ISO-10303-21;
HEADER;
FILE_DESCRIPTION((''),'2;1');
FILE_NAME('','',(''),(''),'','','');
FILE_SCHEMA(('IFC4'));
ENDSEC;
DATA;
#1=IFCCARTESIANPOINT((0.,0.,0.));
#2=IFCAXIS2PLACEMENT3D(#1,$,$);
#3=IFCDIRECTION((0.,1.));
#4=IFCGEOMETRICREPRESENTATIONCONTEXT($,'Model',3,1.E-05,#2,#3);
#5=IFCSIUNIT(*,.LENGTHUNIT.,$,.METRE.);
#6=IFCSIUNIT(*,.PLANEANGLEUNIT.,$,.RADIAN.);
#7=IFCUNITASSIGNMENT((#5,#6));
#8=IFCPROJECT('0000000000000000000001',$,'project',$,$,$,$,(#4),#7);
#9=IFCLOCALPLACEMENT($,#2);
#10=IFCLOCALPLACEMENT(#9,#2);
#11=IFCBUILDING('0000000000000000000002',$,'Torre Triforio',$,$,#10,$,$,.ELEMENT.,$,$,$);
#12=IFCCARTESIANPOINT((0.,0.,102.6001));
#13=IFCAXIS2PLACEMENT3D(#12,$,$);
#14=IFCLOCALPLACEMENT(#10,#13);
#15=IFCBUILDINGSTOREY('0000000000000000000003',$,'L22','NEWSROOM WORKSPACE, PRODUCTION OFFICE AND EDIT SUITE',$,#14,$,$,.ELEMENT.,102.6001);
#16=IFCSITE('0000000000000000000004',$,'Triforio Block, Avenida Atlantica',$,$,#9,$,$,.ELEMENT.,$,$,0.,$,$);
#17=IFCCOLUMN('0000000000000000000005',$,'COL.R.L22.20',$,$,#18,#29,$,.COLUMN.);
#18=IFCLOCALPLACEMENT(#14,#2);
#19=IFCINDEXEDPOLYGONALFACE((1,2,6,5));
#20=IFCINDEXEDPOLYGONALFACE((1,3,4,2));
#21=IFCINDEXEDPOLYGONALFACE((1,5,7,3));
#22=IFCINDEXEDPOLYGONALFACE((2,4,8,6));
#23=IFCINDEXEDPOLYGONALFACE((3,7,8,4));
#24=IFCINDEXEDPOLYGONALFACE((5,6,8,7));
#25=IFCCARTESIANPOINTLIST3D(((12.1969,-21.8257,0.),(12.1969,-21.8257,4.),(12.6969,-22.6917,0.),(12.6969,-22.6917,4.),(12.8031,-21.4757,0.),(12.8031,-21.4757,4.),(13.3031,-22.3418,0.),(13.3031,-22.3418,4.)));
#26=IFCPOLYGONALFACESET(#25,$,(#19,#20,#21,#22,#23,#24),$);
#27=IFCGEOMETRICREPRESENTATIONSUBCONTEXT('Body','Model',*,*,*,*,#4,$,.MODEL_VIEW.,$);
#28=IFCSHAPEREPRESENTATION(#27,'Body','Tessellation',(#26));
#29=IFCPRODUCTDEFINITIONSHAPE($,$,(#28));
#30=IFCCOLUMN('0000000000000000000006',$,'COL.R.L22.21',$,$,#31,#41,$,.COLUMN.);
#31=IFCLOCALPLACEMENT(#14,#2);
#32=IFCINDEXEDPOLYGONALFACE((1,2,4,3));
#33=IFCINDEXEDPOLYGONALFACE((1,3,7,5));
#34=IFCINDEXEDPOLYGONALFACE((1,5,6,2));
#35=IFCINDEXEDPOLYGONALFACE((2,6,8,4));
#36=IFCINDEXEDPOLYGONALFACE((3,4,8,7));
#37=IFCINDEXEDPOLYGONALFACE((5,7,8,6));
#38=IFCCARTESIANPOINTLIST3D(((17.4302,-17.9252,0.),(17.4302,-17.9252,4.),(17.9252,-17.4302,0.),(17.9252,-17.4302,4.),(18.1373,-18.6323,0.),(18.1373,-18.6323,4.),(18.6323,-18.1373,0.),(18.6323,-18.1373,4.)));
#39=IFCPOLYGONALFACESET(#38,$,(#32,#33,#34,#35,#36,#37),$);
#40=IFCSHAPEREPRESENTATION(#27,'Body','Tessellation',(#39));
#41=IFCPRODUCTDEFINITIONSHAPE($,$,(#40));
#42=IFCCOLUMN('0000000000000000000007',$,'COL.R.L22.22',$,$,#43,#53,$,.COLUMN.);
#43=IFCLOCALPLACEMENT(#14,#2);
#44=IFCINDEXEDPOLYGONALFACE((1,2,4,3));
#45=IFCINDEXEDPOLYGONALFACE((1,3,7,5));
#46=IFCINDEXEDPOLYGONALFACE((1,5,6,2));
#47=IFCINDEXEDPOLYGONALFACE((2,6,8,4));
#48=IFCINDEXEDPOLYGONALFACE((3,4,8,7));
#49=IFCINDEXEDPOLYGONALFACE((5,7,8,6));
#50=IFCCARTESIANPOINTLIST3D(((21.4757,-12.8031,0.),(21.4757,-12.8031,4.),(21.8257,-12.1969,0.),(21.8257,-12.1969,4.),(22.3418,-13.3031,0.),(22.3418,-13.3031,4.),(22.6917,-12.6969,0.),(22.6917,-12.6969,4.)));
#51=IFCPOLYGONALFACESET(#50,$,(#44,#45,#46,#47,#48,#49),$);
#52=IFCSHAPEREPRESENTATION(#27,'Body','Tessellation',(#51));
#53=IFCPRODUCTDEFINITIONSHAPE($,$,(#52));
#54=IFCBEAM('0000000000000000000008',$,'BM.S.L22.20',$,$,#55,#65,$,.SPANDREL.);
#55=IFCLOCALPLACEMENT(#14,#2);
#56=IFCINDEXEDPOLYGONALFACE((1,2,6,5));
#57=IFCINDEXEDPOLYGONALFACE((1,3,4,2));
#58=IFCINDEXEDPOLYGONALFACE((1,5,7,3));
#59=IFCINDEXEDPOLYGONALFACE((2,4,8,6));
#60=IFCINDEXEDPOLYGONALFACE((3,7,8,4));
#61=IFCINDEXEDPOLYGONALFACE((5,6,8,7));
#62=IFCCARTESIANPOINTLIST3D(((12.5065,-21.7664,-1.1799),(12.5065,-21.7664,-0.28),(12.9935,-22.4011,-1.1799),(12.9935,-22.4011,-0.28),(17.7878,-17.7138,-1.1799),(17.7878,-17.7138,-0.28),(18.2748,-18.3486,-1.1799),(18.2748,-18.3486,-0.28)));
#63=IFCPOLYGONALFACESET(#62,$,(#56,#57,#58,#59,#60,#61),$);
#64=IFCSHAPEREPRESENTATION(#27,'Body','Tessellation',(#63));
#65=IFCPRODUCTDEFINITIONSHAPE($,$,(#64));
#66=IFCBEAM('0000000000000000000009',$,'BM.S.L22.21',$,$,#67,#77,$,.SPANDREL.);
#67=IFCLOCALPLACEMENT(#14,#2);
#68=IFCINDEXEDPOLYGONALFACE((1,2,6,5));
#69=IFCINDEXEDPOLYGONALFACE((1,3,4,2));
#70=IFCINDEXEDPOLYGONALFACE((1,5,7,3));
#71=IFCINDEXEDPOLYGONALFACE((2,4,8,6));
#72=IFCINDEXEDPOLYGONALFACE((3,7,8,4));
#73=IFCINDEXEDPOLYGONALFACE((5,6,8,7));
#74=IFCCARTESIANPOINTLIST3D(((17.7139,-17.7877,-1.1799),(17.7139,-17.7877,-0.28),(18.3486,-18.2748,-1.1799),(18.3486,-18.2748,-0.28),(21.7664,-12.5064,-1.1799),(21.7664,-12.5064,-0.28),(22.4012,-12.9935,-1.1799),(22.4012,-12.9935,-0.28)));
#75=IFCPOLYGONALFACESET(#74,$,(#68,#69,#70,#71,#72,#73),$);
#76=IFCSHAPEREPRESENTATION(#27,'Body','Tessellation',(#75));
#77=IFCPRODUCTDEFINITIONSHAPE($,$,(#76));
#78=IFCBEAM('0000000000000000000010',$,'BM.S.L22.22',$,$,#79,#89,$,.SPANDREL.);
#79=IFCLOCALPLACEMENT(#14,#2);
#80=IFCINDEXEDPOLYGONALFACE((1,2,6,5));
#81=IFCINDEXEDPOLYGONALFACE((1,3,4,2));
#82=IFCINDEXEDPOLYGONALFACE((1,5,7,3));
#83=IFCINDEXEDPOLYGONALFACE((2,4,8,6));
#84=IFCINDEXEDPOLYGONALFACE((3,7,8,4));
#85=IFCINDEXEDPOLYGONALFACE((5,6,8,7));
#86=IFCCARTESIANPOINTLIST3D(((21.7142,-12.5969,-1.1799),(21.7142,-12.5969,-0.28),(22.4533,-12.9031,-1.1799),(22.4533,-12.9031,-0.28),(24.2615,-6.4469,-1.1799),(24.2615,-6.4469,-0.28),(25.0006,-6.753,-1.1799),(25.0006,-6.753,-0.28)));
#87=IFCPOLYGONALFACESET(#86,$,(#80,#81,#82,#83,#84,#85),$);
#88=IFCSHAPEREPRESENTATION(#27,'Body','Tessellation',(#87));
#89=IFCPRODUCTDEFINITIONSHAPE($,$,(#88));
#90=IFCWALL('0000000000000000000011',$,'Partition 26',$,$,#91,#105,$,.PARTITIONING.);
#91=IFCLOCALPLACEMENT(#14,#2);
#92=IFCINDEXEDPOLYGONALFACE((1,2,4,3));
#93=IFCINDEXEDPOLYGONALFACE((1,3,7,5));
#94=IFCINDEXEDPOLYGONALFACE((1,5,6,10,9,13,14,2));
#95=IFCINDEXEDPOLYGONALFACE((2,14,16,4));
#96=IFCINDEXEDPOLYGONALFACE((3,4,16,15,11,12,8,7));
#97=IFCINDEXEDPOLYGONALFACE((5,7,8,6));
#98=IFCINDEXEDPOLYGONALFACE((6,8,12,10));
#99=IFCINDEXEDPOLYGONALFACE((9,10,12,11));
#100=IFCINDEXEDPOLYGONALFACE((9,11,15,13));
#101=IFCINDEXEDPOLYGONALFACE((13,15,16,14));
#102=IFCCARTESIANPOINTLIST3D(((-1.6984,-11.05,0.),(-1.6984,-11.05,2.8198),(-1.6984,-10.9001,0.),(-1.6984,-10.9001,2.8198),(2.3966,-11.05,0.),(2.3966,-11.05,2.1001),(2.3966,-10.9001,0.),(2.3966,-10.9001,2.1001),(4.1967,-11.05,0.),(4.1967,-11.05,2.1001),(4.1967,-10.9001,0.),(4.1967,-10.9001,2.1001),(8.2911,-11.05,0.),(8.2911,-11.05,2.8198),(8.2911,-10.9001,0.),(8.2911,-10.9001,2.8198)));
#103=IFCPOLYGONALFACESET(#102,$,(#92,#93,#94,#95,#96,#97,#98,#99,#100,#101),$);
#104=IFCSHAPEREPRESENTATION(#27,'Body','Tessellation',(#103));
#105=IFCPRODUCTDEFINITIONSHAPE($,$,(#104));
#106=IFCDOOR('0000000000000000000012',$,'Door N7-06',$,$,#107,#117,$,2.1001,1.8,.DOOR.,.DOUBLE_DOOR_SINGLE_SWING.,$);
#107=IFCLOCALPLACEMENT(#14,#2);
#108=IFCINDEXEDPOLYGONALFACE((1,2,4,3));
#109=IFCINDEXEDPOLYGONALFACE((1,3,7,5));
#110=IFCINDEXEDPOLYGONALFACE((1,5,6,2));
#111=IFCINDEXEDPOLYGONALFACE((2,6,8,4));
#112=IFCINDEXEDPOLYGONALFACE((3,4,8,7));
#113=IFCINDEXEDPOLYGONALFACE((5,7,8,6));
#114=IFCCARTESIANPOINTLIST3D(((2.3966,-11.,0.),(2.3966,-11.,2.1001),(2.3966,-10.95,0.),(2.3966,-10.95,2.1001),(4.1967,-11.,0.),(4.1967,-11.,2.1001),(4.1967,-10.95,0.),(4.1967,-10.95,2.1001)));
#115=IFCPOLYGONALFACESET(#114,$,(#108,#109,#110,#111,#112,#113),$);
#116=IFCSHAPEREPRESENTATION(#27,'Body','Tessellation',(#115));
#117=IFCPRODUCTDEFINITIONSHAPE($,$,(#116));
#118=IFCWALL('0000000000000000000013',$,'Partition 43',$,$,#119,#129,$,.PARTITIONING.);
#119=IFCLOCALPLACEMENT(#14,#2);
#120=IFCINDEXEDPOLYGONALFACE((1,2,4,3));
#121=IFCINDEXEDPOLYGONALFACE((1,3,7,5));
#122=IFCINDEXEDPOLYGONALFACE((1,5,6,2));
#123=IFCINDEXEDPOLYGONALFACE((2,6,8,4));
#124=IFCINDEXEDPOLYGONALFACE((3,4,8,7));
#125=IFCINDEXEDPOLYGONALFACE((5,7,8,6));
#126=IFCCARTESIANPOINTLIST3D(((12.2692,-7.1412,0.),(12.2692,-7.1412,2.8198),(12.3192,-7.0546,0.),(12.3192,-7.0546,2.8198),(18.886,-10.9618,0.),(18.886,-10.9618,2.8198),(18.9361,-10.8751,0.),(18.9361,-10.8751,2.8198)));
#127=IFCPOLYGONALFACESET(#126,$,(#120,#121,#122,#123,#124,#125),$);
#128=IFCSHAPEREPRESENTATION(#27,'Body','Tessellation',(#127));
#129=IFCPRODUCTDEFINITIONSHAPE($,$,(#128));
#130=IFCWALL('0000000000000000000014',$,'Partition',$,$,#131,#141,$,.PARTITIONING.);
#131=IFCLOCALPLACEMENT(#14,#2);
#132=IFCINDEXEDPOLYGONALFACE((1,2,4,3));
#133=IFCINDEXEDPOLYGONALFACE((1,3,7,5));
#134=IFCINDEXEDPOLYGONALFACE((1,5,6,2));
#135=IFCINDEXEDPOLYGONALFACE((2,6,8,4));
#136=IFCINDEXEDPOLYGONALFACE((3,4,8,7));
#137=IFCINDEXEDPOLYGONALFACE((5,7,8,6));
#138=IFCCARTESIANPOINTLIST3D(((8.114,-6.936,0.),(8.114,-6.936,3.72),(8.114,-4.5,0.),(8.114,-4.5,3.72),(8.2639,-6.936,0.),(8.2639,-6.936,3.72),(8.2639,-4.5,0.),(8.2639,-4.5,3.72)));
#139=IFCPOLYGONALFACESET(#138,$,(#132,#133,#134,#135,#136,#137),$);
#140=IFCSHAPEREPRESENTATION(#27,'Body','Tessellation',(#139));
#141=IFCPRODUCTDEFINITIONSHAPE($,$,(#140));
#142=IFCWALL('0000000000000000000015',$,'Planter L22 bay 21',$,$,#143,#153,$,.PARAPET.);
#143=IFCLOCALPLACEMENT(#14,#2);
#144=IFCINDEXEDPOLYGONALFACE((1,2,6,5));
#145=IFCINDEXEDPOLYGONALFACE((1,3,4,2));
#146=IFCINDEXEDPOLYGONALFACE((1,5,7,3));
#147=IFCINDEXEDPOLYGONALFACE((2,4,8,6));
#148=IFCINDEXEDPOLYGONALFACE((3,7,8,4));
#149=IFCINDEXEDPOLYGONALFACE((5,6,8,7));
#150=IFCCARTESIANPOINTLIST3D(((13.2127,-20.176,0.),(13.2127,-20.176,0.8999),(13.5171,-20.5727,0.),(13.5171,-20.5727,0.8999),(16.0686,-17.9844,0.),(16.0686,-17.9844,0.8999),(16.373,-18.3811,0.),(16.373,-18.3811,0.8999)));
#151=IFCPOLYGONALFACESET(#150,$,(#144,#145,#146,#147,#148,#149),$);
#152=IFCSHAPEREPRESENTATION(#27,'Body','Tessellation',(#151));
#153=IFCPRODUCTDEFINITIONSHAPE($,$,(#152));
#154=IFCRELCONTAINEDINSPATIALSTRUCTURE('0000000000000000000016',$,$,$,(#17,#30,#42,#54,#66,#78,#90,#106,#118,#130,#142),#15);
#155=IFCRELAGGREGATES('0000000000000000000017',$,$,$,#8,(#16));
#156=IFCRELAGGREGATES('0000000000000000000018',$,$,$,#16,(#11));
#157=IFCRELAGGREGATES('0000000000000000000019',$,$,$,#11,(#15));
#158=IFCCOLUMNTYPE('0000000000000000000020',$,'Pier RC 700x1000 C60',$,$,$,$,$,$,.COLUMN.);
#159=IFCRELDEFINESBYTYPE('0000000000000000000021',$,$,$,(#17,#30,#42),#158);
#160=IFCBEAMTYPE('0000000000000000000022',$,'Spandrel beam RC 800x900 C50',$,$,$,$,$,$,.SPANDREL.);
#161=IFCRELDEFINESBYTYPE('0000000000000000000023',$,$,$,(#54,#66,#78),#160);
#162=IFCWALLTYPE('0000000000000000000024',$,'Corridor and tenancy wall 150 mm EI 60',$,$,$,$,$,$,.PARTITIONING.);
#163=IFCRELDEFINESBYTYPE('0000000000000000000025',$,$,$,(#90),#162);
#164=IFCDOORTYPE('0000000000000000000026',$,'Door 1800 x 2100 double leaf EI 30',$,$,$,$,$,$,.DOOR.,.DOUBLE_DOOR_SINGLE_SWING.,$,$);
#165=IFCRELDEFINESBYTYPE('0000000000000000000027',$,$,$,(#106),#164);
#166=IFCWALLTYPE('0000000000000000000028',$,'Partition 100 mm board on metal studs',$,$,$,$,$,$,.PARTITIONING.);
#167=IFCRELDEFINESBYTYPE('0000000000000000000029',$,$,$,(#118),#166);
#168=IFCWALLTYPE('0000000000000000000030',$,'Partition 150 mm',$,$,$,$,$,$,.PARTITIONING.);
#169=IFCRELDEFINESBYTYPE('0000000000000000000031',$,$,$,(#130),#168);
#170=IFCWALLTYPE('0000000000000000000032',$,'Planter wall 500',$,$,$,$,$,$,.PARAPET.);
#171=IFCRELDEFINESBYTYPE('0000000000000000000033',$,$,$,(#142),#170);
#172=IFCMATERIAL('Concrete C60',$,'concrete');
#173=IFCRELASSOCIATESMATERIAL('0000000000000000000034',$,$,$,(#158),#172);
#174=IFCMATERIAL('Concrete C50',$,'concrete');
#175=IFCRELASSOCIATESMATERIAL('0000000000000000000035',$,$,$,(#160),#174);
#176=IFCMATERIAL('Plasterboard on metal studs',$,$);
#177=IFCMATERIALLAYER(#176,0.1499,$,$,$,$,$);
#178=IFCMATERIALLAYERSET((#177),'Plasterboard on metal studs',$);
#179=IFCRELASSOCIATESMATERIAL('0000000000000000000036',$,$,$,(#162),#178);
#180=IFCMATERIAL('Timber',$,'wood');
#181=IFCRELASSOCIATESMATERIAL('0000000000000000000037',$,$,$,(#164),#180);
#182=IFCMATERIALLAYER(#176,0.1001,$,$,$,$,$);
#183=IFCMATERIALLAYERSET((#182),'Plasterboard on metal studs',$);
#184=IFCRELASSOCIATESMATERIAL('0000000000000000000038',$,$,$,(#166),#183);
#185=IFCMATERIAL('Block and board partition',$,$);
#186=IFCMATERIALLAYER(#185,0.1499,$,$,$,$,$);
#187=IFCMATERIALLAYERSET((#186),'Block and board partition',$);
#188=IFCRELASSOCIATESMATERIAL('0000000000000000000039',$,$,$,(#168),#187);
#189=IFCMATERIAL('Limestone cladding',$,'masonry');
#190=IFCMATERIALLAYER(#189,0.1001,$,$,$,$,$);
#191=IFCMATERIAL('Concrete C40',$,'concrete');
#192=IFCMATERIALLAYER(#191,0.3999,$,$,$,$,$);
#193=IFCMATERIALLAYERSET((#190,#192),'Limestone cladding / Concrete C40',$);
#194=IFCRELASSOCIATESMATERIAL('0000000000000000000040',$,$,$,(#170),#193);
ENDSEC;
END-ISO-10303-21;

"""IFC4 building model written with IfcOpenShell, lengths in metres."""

from ifc_helpers import new_model, si_unit, direction, frame, frame_2d, origin, origin_2d, place, context, subcontext, project, spatial, rectangle, extrude, material, layer, layer_set, material_profile, profile_set, type_object, element, fill, save


model = new_model("IFC4")

# Units and contexts
model_context = context("Model", 3, precision=1e-05, world=origin(), true_north=direction((0.0, 1.0)))
body_context = subcontext(model_context, "Body", "Model", "MODEL_VIEW")
ifc_project = project(units=[si_unit("LENGTHUNIT", "METRE"), si_unit("PLANEANGLEUNIT", "RADIAN")], contexts=[model_context])

# Site, building, storey
site_placement = place(None, origin())
site = spatial("IfcSite", under=ifc_project, at=site_placement, Name="Triforio Block, Avenida Atlantica", CompositionType="ELEMENT", RefElevation=0.0)
building_placement = place(site_placement, origin())
building = spatial("IfcBuilding", under=site, at=building_placement, Name="Torre Triforio", CompositionType="ELEMENT")
storey_placement = place(building_placement, frame((0.0, 0.0, 102.6001)))
storey = spatial("IfcBuildingStorey", under=building, at=storey_placement, Name="L22", Description="NEWSROOM WORKSPACE, PRODUCTION OFFICE AND EDIT SUITE", CompositionType="ELEMENT", Elevation=102.6001)

# Columns
ifc_material_1 = material(Name="Concrete C60", Category="concrete")
ifc_material_profile_1 = material_profile(ifc_material_1, rectangle(XDim=0.7, YDim=1.0, at=origin_2d()), Name="RC 700x1000")
ifc_profile_set_1 = profile_set([ifc_material_profile_1], Name="Concrete C60")
column_type = type_object("IfcColumnType", Name="Pier RC 700x1000 C60", PredefinedType="COLUMN", material=ifc_profile_set_1)
for number, where, z_axis, x_axis, name in (
    (1, (12.75, -22.0837, 0.0), (0.0, 0.0, 1.0), (0.866025, 0.5, 0.0), "COL.R.L22.20"),
    (2, (18.0312, -18.0312, 0.0), (0.0, 0.0, 1.0), (0.707107, 0.707107, 0.0), "COL.R.L22.21"),
    (3, (22.0837, -12.75, 0.0), (0.0, 0.0, 1.0), (0.5, 0.866025, 0.0), "COL.R.L22.22"),
):
    element("IfcColumn", number, at=place(storey_placement, frame(where, z_axis=z_axis, x_axis=x_axis)), inside=storey, type_object=column_type, Name=name, PredefinedType="COLUMN", context=body_context, shape_type="SweptSolid", body=[
        extrude(rectangle(XDim=0.7, YDim=1.0, at=origin_2d()), origin(), (0.0, 0.0, 1.0), 4.0),
    ])

# Beams
ifc_material_2 = material(Name="Concrete C50", Category="concrete")
ifc_material_profile_2 = material_profile(ifc_material_2, rectangle(XDim=0.8, YDim=0.8999, at=origin_2d()), Name="RC 800x900")
ifc_profile_set_2 = profile_set([ifc_material_profile_2], Name="Concrete C50")
beam_type = type_object("IfcBeamType", Name="Spandrel beam RC 800x900 C50", PredefinedType="SPANDREL", material=ifc_profile_set_2)
for number, where, z_axis, x_axis, name in (
    (4, (12.75, -22.0837, -0.73), (0.79335, 0.608766, 0.0), (-0.608766, 0.79335, 0.0), "BM.S.L22.20"),
    (5, (18.0312, -18.0312, -0.73), (0.608766, 0.79335, 0.0), (-0.79335, 0.608766, 0.0), "BM.S.L22.21"),
):
    element("IfcBeam", number, at=place(storey_placement, frame(where, z_axis=z_axis, x_axis=x_axis)), inside=storey, type_object=beam_type, Name=name, PredefinedType="SPANDREL", context=body_context, shape_type="SweptSolid", body=[
        extrude(rectangle(XDim=0.8, YDim=0.8999, at=origin_2d()), origin(), (0.0, 0.0, 1.0), 6.657),
    ])
beam_placement = place(storey_placement, frame((22.0837, -12.75, -0.73), z_axis=(0.382669, 0.923885, 0.0), x_axis=(-0.923885, 0.382669, 0.0)))
element("IfcBeam", 6, at=beam_placement, inside=storey, type_object=beam_type, Name="BM.S.L22.22", PredefinedType="SPANDREL", context=body_context, shape_type="SweptSolid", body=[
    extrude(rectangle(XDim=0.8, YDim=0.8999, at=origin_2d()), origin(), (0.0, 0.0, 1.0), 6.6567),
])

# Wall, opening, door
ifc_material_3 = material(Name="Plasterboard on metal studs")
ifc_layer_1 = layer(ifc_material_3, 0.1499)
ifc_layer_set_1 = layer_set([ifc_layer_1], Name="Plasterboard on metal studs")
wall_type_1 = type_object("IfcWallType", Name="Corridor and tenancy wall 150 mm EI 60", PredefinedType="PARTITIONING", material=ifc_layer_set_1)
wall_1_placement = place(storey_placement, frame((8.291, -10.9751, 0.0), z_axis=(0.0, 0.0, 1.0), x_axis=(-1.0, 0.0, 0.0)))
wall_1 = element("IfcWall", 7, at=wall_1_placement, inside=storey, type_object=wall_type_1, Name="Partition 26", PredefinedType="PARTITIONING", context=body_context, shape_type="SweptSolid", body=[
    extrude(rectangle(XDim=9.9895, YDim=0.1499, at=frame_2d((4.9946, 0.0))), origin(), (0.0, 0.0, 1.0), 2.8198),
])
opening_1_placement = place(wall_1_placement, frame((4.0945, 0.0, 0.0)))
opening_1 = element("IfcOpeningElement", 8, at=opening_1_placement, cuts=wall_1, PredefinedType="OPENING", context=body_context, shape_type="SweptSolid", body=[
    extrude(rectangle(XDim=1.8, YDim=2.1001, at=frame_2d((0.8999, 1.05))), frame((0.0, 0.085, 0.0), z_axis=(0.0, -1.0, 0.0), x_axis=(1.0, 0.0, 0.0)), (0.0, 0.0, 1.0), 0.1699),
])
ifc_material_4 = material(Name="Timber", Category="wood")
door_type_1 = type_object("IfcDoorType", Name="Door 1800 x 2100 double leaf EI 30", OperationType="DOUBLE_DOOR_SINGLE_SWING", PredefinedType="DOOR", material=ifc_material_4)
door_1_placement = place(opening_1_placement, origin())
door_1 = element("IfcDoor", 9, at=door_1_placement, inside=storey, type_object=door_type_1, Name="Door N7-06", OperationType="DOUBLE_DOOR_SINGLE_SWING", OverallHeight=2.1001, OverallWidth=1.8, PredefinedType="DOOR", context=body_context, shape_type="SweptSolid", body=[
    extrude(rectangle(XDim=1.8, YDim=2.1001, at=frame_2d((0.8999, 1.05))), frame((0.0, 0.0249, 0.0), z_axis=(0.0, -1.0, 0.0), x_axis=(1.0, 0.0, 0.0)), (0.0, 0.0, 1.0), 0.05),
])
fill(opening_1, door_1)

# Walls
ifc_layer_2 = layer(ifc_material_3, 0.1001)
ifc_layer_set_2 = layer_set([ifc_layer_2], Name="Plasterboard on metal studs")
wall_type_2 = type_object("IfcWallType", Name="Partition 100 mm board on metal studs", PredefinedType="PARTITIONING", material=ifc_layer_set_2)
wall_2_placement = place(storey_placement, frame((12.2942, -7.0979, 0.0), z_axis=(0.0, 0.0, 1.0), x_axis=(0.866011, -0.500026, 0.0)))
element("IfcWall", 10, at=wall_2_placement, inside=storey, type_object=wall_type_2, Name="Partition 43", PredefinedType="PARTITIONING", context=body_context, shape_type="SweptSolid", body=[
    extrude(rectangle(XDim=7.6406, YDim=0.1001, at=frame_2d((3.8203, 0.0))), origin(), (0.0, 0.0, 1.0), 2.8198),
])
ifc_material_5 = material(Name="Block and board partition")
ifc_layer_3 = layer(ifc_material_5, 0.1499)
ifc_layer_set_3 = layer_set([ifc_layer_3], Name="Block and board partition")
wall_type_3 = type_object("IfcWallType", Name="Partition 150 mm", PredefinedType="PARTITIONING", material=ifc_layer_set_3)
wall_3_placement = place(storey_placement, frame((8.189, -6.936, 0.0), z_axis=(0.0, 0.0, 1.0), x_axis=(0.0, 1.0, 0.0)))
element("IfcWall", 11, at=wall_3_placement, inside=storey, type_object=wall_type_3, Name="Partition", PredefinedType="PARTITIONING", context=body_context, shape_type="SweptSolid", body=[
    extrude(rectangle(XDim=2.436, YDim=0.1499, at=frame_2d((1.218, 0.0))), origin(), (0.0, 0.0, 1.0), 3.72),
])
ifc_material_6 = material(Name="Limestone cladding", Category="masonry")
ifc_layer_4 = layer(ifc_material_6, 0.1001)
ifc_material_7 = material(Name="Concrete C40", Category="concrete")
ifc_layer_5 = layer(ifc_material_7, 0.3999)
ifc_layer_set_4 = layer_set([ifc_layer_4, ifc_layer_5], Name="Limestone cladding / Concrete C40")
wall_type_4 = type_object("IfcWallType", Name="Planter wall 500", PredefinedType="PARAPET", material=ifc_layer_set_4)
wall_4_placement = place(storey_placement, frame((13.365, -20.3743, 0.0), z_axis=(0.0, 0.0, 1.0), x_axis=(0.793327, 0.608796, 0.0)))
element("IfcWall", 12, at=wall_4_placement, inside=storey, type_object=wall_type_4, Name="Planter L22 bay 21", PredefinedType="PARAPET", context=body_context, shape_type="SweptSolid", body=[
    extrude(rectangle(XDim=3.5999, YDim=0.5, at=frame_2d((1.7998, 0.0))), origin(), (0.0, 0.0, 1.0), 0.8999),
])

save(model, "model.ifc")
